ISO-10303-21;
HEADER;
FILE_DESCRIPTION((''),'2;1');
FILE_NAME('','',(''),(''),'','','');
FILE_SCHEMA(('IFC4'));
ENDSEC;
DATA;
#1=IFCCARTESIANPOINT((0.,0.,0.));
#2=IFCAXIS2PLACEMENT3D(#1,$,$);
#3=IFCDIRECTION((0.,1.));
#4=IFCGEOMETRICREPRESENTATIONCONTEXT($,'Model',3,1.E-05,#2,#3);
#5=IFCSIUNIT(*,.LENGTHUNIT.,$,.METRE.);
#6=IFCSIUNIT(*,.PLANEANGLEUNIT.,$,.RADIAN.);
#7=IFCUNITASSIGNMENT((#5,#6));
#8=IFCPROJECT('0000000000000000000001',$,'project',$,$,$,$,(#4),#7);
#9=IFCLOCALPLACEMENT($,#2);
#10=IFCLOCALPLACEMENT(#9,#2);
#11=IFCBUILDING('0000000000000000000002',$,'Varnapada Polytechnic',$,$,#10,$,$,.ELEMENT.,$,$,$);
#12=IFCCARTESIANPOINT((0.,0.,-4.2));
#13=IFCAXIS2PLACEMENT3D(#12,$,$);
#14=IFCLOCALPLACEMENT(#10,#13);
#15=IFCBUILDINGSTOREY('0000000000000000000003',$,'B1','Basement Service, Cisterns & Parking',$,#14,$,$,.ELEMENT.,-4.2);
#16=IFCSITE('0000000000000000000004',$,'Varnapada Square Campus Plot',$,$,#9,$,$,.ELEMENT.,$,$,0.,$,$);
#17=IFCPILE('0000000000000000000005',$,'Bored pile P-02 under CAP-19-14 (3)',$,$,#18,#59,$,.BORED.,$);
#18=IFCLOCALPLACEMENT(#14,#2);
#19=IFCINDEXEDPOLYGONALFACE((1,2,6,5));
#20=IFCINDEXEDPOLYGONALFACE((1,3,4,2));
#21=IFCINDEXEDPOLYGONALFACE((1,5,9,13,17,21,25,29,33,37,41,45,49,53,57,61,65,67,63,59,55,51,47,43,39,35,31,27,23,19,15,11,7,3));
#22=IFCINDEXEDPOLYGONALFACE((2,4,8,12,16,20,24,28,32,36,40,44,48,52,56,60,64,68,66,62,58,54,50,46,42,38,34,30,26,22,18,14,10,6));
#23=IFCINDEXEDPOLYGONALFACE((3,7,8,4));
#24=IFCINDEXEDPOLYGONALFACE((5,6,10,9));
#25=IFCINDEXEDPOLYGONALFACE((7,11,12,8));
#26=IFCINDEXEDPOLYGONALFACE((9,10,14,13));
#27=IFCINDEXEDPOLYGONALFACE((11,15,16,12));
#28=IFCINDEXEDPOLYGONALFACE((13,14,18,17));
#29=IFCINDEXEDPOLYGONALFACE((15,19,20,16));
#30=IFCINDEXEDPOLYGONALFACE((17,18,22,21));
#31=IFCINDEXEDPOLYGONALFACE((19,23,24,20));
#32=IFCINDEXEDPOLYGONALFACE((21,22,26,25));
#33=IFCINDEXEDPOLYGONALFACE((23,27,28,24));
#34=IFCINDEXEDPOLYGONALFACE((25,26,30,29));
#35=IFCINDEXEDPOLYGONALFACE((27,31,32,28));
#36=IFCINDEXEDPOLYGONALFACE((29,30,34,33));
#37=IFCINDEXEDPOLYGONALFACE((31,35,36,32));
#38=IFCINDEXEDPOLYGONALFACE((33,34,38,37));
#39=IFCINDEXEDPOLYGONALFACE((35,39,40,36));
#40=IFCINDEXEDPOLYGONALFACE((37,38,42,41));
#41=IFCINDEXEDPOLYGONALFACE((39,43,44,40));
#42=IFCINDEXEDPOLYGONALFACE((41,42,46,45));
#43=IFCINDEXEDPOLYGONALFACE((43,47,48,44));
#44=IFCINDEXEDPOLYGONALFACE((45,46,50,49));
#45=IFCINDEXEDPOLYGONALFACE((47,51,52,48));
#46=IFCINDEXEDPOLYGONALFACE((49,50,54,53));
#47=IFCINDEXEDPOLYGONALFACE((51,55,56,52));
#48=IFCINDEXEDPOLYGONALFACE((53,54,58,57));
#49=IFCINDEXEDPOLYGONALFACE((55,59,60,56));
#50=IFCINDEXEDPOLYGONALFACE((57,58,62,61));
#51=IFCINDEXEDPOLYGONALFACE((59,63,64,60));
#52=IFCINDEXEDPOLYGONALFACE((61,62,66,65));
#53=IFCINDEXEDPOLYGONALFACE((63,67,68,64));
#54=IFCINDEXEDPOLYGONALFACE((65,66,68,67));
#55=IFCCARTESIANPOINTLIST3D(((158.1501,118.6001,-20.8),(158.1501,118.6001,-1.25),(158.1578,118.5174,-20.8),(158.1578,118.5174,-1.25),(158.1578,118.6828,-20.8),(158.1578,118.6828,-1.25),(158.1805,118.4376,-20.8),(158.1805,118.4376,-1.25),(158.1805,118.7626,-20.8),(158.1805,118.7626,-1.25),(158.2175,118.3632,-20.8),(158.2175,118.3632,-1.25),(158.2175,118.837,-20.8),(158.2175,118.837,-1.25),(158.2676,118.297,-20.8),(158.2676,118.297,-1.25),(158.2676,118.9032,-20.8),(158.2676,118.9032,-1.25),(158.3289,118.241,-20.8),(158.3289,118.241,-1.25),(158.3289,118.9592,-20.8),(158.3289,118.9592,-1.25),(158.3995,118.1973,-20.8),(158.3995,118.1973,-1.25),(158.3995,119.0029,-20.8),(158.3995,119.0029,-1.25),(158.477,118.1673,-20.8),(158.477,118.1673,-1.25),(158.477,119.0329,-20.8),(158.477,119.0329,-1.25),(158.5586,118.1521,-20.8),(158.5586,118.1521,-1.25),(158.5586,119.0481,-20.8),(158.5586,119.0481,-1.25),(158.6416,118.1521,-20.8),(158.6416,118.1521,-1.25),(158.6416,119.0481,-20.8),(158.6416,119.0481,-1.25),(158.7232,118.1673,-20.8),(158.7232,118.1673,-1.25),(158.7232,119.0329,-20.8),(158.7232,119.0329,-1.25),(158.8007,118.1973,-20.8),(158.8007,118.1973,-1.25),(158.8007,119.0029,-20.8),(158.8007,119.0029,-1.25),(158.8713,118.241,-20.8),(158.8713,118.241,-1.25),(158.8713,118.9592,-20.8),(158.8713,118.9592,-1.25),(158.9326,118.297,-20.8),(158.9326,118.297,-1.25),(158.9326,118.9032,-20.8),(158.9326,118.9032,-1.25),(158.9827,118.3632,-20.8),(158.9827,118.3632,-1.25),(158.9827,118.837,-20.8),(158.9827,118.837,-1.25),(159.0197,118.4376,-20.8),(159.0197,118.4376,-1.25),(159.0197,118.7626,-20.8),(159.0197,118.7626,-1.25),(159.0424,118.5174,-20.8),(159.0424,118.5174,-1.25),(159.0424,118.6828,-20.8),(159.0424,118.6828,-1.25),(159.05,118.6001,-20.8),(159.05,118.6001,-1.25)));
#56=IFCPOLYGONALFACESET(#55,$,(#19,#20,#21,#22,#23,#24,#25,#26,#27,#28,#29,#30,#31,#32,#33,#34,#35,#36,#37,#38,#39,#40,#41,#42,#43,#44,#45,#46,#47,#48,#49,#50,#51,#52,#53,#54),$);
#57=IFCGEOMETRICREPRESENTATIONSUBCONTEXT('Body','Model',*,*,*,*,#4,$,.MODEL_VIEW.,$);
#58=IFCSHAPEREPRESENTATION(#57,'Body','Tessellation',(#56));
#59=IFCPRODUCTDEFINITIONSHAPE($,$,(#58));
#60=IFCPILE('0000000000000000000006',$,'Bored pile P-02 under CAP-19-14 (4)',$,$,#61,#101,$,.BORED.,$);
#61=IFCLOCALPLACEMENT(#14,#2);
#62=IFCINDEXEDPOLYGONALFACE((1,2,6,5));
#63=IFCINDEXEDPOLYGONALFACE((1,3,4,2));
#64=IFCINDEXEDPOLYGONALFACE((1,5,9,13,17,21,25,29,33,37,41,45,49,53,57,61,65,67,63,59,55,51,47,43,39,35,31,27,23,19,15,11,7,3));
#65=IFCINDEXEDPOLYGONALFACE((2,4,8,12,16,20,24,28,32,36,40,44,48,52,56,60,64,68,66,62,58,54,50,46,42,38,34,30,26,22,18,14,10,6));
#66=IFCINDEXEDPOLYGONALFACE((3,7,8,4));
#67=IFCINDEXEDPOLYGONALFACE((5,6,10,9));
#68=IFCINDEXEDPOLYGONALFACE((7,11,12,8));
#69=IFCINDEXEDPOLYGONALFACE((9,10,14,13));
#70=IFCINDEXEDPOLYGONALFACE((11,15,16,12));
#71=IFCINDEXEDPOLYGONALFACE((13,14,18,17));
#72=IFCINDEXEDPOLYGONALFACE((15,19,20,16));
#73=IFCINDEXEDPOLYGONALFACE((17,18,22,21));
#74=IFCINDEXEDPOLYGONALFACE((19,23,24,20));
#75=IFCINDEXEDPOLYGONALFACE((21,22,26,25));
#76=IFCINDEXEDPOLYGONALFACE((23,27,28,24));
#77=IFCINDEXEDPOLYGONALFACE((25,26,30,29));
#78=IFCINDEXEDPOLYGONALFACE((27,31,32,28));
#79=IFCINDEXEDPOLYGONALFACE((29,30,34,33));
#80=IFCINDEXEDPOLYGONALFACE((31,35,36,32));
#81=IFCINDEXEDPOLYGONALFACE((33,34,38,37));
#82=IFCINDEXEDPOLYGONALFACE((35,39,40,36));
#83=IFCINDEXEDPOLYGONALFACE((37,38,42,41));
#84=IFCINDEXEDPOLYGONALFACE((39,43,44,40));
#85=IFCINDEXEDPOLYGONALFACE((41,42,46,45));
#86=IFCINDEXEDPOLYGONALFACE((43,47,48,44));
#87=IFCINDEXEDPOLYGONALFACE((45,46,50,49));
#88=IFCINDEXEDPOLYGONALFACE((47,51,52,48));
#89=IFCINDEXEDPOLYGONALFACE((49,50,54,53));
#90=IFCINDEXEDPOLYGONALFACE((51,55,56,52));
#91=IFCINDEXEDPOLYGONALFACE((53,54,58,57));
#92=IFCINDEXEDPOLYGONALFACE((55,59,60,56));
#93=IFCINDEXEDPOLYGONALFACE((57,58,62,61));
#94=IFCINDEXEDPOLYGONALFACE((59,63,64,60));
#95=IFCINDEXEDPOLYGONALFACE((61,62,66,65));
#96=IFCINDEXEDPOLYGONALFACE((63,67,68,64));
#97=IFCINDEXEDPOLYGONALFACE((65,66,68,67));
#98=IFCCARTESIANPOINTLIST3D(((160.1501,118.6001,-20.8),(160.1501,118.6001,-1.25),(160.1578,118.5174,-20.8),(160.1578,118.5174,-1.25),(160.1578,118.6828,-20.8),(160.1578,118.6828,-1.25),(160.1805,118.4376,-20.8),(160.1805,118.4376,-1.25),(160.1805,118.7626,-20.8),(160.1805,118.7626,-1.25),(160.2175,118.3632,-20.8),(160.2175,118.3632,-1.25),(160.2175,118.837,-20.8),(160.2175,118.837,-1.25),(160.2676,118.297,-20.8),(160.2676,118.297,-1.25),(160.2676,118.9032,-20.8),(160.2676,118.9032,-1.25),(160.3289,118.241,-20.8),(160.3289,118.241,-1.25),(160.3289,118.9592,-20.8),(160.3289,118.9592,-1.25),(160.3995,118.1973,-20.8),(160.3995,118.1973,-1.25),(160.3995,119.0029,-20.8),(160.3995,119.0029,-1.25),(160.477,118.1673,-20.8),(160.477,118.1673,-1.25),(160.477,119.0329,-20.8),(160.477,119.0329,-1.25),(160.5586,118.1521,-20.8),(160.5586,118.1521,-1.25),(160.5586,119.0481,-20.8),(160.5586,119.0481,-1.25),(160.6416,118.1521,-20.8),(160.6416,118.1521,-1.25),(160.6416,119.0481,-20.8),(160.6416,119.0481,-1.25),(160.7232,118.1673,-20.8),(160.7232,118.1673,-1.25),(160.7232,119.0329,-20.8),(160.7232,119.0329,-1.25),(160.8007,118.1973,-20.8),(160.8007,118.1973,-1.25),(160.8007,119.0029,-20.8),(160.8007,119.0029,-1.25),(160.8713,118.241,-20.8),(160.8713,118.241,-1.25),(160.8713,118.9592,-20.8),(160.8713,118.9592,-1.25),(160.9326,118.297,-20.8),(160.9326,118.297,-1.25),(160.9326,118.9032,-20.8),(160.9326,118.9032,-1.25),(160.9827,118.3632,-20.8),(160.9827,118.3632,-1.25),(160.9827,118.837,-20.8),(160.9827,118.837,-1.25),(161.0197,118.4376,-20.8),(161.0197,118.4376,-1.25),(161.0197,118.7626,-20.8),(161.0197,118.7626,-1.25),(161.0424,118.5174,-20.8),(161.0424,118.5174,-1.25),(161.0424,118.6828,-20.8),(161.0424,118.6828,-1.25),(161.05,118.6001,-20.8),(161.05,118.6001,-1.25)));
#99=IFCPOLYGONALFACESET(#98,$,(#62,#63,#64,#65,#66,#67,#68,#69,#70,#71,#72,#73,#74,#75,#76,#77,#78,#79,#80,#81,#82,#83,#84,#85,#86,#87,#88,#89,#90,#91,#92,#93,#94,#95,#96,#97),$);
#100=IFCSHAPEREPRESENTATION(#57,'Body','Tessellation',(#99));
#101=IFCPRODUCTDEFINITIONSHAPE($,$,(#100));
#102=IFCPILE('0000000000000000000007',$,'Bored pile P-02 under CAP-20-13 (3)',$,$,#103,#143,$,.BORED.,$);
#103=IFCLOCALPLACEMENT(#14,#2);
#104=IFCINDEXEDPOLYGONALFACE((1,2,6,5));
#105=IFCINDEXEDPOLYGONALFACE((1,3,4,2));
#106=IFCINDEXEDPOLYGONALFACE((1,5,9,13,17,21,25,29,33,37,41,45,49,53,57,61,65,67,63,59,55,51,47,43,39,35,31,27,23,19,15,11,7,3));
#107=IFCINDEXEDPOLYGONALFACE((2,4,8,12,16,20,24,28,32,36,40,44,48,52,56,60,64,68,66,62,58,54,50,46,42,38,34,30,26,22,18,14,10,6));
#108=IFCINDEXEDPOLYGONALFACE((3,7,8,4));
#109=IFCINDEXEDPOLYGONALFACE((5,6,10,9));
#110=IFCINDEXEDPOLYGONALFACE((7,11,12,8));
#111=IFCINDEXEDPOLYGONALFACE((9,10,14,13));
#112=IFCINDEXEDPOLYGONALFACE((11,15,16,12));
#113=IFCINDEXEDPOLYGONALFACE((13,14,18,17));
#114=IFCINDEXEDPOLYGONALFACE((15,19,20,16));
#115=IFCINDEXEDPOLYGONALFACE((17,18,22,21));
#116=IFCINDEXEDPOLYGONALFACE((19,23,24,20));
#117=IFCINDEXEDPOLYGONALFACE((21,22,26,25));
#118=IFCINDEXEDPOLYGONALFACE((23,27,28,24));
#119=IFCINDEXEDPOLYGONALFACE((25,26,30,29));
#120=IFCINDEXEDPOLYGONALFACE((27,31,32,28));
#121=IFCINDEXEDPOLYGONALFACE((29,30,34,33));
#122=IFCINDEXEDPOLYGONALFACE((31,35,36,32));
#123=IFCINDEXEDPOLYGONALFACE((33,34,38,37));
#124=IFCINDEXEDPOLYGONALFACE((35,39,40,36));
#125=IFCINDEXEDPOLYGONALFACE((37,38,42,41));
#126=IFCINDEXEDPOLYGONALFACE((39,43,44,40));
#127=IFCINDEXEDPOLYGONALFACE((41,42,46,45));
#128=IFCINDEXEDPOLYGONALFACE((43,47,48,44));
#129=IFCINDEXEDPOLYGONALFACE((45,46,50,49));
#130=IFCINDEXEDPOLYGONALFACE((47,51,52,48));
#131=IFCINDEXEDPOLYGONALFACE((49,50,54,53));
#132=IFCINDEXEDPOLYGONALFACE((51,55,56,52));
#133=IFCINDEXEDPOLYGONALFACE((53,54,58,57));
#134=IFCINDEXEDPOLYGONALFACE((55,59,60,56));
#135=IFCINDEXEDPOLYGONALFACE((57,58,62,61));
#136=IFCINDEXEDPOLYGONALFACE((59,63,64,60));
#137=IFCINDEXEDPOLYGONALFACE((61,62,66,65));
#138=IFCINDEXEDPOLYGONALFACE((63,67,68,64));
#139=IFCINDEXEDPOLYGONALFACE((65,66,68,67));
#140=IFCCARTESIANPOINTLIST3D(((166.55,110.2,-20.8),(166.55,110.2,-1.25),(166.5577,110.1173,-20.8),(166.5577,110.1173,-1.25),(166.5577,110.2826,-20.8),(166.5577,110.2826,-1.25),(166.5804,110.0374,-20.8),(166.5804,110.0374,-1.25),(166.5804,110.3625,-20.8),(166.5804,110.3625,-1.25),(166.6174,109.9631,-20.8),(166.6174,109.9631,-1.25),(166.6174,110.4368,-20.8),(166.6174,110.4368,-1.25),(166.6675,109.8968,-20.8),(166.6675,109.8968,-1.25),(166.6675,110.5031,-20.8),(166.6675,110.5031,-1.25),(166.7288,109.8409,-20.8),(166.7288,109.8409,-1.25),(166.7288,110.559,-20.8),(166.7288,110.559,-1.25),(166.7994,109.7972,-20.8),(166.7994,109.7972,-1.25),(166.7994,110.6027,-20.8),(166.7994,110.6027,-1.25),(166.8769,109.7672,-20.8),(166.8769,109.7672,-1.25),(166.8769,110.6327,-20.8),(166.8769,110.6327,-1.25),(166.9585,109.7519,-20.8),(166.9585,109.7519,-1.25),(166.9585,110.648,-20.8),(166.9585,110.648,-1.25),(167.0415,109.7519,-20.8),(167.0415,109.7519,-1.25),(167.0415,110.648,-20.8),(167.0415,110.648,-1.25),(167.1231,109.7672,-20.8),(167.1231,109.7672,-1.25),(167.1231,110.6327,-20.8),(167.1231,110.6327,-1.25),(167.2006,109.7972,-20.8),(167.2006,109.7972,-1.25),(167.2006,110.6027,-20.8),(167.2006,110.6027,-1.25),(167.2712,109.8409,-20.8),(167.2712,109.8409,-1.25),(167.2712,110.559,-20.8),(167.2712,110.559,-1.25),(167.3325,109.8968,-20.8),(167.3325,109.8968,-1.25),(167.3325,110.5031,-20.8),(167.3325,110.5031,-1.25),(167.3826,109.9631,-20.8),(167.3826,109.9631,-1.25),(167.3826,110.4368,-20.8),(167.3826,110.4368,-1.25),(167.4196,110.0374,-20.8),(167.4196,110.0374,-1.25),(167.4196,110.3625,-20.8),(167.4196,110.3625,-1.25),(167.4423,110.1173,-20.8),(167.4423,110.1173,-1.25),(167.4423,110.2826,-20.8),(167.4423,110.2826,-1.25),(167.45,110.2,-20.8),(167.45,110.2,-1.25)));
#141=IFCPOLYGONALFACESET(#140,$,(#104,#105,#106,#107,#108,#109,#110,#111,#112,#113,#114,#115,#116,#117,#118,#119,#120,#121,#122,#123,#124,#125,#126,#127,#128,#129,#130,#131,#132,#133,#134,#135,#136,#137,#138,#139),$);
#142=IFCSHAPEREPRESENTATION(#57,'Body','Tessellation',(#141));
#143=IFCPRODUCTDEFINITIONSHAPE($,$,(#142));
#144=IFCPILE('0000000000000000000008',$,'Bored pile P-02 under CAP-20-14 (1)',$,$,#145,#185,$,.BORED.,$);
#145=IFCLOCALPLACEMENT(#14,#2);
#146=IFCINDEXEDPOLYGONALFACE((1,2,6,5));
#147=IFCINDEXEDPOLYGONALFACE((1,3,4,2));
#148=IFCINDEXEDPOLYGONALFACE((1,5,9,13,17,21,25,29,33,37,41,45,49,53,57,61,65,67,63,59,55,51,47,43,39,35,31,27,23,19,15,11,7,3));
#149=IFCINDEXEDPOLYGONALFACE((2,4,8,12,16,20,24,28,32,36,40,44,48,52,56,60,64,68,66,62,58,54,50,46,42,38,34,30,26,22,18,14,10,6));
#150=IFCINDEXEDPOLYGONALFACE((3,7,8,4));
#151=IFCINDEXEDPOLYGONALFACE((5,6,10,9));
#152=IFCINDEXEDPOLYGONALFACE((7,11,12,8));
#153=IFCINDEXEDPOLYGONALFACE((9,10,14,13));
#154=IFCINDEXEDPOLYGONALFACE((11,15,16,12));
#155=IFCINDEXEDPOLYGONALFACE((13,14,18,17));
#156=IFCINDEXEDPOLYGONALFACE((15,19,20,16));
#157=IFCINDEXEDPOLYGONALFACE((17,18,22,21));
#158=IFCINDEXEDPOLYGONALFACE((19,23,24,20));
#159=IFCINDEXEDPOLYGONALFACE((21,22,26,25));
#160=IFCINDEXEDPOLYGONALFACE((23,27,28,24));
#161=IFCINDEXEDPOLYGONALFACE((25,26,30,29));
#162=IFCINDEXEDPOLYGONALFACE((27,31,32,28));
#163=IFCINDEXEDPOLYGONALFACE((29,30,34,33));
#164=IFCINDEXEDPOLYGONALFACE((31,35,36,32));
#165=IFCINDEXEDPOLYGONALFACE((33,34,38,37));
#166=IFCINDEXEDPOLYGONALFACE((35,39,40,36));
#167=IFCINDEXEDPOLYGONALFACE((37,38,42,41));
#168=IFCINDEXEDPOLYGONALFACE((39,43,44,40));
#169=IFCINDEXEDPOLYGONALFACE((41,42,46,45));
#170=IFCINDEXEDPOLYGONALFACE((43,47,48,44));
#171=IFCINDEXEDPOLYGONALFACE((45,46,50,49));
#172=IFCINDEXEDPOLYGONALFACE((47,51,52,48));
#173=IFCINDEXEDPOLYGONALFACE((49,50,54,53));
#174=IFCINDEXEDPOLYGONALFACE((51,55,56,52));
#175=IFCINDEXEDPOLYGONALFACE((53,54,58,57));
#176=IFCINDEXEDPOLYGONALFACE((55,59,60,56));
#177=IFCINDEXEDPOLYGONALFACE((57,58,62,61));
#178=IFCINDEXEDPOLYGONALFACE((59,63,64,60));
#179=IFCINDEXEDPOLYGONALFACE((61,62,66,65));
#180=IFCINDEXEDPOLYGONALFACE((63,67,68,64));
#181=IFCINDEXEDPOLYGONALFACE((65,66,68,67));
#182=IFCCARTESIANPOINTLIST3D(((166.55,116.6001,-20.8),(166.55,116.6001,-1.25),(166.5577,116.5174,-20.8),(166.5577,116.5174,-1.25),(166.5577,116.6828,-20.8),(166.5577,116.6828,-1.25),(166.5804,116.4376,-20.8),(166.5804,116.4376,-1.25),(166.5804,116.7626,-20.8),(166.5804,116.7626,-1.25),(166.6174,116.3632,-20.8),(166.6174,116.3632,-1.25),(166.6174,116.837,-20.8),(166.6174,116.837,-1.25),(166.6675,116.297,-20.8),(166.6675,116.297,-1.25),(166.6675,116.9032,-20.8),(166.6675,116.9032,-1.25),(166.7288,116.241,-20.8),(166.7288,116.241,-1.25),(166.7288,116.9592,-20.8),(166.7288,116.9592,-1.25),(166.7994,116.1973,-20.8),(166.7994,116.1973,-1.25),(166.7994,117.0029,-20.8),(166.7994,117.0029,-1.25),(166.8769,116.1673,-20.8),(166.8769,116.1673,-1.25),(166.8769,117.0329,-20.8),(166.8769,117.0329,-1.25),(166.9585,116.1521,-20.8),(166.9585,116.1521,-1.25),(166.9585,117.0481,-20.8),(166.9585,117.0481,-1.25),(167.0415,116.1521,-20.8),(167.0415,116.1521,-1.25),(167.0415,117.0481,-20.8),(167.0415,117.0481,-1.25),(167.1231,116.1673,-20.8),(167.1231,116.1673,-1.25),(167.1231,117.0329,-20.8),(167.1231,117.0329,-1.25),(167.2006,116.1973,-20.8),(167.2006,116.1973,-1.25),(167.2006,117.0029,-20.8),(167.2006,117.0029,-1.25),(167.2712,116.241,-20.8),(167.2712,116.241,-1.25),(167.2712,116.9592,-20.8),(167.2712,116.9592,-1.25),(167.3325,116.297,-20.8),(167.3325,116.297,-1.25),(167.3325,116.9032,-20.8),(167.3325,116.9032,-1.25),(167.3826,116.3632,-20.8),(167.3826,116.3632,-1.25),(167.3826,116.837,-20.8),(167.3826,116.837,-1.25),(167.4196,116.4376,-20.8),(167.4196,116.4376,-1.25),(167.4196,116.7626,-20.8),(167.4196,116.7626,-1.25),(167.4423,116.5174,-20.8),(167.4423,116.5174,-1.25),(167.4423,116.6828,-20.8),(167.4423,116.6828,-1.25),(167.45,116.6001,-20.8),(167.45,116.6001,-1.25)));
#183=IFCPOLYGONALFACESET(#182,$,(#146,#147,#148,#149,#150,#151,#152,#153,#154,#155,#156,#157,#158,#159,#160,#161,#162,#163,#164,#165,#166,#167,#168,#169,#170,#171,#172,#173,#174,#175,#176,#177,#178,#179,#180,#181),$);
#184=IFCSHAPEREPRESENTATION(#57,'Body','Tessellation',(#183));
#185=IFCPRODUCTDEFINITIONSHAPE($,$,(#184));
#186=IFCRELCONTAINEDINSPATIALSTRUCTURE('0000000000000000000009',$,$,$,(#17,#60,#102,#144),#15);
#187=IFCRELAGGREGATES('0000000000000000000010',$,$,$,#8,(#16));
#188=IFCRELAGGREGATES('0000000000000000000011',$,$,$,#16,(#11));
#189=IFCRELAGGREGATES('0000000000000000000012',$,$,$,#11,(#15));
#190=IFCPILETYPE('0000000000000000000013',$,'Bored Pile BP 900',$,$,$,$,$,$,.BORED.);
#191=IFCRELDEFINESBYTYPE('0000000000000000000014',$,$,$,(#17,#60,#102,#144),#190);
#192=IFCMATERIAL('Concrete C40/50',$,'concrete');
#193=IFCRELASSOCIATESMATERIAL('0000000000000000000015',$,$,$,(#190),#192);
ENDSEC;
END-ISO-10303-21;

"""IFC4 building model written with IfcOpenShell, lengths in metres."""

from ifc_helpers import new_model, si_unit, direction, frame, origin, origin_2d, place, context, subcontext, project, spatial, circle, extrude, material, material_profile, profile_set, type_object, element, save


model = new_model("IFC4")

# Units and contexts
model_context = context("Model", 3, precision=1e-05, world=origin(), true_north=direction((0.0, 1.0)))
body_context = subcontext(model_context, "Body", "Model", "MODEL_VIEW")
ifc_project = project(units=[si_unit("LENGTHUNIT", "METRE"), si_unit("PLANEANGLEUNIT", "RADIAN")], contexts=[model_context])

# Site, building, storey
site_placement = place(None, origin())
site = spatial("IfcSite", under=ifc_project, at=site_placement, Name="Varnapada Square Campus Plot", CompositionType="ELEMENT", RefElevation=0.0)
building_placement = place(site_placement, origin())
building = spatial("IfcBuilding", under=site, at=building_placement, Name="Varnapada Polytechnic", CompositionType="ELEMENT")
storey_placement = place(building_placement, frame((0.0, 0.0, -4.2)))
storey = spatial("IfcBuildingStorey", under=building, at=storey_placement, Name="B1", Description="Basement Service, Cisterns & Parking", CompositionType="ELEMENT", Elevation=-4.2)

# Piles
ifc_material_1 = material(Name="Concrete C40/50", Category="concrete")
ifc_material_profile_1 = material_profile(ifc_material_1, circle(Radius=0.45, at=origin_2d()), Name="BP 900")
ifc_profile_set_1 = profile_set([ifc_material_profile_1], Name="Concrete C40/50")
pile_type = type_object("IfcPileType", Name="Bored Pile BP 900", PredefinedType="BORED", material=ifc_profile_set_1)
for number, where, z_axis, x_axis, name in (
    (1, (158.6001, 118.6001, -1.25), (0.0, 0.0, -1.0), (1.0, 0.0, 0.0), "Bored pile P-02 under CAP-19-14 (3)"),
    (2, (160.6001, 118.6001, -1.25), (0.0, 0.0, -1.0), (1.0, 0.0, 0.0), "Bored pile P-02 under CAP-19-14 (4)"),
    (3, (167.0, 110.2, -1.25), (0.0, 0.0, -1.0), (1.0, 0.0, 0.0), "Bored pile P-02 under CAP-20-13 (3)"),
    (4, (167.0, 116.6001, -1.25), (0.0, 0.0, -1.0), (1.0, 0.0, 0.0), "Bored pile P-02 under CAP-20-14 (1)"),
):
    element("IfcPile", number, at=place(storey_placement, frame(where, z_axis=z_axis, x_axis=x_axis)), inside=storey, type_object=pile_type, Name=name, PredefinedType="BORED", context=body_context, shape_type="SweptSolid", body=[
        extrude(circle(Radius=0.45, at=origin_2d()), origin(), (0.0, 0.0, 1.0), 19.55),
    ])

save(model, "model.ifc")
